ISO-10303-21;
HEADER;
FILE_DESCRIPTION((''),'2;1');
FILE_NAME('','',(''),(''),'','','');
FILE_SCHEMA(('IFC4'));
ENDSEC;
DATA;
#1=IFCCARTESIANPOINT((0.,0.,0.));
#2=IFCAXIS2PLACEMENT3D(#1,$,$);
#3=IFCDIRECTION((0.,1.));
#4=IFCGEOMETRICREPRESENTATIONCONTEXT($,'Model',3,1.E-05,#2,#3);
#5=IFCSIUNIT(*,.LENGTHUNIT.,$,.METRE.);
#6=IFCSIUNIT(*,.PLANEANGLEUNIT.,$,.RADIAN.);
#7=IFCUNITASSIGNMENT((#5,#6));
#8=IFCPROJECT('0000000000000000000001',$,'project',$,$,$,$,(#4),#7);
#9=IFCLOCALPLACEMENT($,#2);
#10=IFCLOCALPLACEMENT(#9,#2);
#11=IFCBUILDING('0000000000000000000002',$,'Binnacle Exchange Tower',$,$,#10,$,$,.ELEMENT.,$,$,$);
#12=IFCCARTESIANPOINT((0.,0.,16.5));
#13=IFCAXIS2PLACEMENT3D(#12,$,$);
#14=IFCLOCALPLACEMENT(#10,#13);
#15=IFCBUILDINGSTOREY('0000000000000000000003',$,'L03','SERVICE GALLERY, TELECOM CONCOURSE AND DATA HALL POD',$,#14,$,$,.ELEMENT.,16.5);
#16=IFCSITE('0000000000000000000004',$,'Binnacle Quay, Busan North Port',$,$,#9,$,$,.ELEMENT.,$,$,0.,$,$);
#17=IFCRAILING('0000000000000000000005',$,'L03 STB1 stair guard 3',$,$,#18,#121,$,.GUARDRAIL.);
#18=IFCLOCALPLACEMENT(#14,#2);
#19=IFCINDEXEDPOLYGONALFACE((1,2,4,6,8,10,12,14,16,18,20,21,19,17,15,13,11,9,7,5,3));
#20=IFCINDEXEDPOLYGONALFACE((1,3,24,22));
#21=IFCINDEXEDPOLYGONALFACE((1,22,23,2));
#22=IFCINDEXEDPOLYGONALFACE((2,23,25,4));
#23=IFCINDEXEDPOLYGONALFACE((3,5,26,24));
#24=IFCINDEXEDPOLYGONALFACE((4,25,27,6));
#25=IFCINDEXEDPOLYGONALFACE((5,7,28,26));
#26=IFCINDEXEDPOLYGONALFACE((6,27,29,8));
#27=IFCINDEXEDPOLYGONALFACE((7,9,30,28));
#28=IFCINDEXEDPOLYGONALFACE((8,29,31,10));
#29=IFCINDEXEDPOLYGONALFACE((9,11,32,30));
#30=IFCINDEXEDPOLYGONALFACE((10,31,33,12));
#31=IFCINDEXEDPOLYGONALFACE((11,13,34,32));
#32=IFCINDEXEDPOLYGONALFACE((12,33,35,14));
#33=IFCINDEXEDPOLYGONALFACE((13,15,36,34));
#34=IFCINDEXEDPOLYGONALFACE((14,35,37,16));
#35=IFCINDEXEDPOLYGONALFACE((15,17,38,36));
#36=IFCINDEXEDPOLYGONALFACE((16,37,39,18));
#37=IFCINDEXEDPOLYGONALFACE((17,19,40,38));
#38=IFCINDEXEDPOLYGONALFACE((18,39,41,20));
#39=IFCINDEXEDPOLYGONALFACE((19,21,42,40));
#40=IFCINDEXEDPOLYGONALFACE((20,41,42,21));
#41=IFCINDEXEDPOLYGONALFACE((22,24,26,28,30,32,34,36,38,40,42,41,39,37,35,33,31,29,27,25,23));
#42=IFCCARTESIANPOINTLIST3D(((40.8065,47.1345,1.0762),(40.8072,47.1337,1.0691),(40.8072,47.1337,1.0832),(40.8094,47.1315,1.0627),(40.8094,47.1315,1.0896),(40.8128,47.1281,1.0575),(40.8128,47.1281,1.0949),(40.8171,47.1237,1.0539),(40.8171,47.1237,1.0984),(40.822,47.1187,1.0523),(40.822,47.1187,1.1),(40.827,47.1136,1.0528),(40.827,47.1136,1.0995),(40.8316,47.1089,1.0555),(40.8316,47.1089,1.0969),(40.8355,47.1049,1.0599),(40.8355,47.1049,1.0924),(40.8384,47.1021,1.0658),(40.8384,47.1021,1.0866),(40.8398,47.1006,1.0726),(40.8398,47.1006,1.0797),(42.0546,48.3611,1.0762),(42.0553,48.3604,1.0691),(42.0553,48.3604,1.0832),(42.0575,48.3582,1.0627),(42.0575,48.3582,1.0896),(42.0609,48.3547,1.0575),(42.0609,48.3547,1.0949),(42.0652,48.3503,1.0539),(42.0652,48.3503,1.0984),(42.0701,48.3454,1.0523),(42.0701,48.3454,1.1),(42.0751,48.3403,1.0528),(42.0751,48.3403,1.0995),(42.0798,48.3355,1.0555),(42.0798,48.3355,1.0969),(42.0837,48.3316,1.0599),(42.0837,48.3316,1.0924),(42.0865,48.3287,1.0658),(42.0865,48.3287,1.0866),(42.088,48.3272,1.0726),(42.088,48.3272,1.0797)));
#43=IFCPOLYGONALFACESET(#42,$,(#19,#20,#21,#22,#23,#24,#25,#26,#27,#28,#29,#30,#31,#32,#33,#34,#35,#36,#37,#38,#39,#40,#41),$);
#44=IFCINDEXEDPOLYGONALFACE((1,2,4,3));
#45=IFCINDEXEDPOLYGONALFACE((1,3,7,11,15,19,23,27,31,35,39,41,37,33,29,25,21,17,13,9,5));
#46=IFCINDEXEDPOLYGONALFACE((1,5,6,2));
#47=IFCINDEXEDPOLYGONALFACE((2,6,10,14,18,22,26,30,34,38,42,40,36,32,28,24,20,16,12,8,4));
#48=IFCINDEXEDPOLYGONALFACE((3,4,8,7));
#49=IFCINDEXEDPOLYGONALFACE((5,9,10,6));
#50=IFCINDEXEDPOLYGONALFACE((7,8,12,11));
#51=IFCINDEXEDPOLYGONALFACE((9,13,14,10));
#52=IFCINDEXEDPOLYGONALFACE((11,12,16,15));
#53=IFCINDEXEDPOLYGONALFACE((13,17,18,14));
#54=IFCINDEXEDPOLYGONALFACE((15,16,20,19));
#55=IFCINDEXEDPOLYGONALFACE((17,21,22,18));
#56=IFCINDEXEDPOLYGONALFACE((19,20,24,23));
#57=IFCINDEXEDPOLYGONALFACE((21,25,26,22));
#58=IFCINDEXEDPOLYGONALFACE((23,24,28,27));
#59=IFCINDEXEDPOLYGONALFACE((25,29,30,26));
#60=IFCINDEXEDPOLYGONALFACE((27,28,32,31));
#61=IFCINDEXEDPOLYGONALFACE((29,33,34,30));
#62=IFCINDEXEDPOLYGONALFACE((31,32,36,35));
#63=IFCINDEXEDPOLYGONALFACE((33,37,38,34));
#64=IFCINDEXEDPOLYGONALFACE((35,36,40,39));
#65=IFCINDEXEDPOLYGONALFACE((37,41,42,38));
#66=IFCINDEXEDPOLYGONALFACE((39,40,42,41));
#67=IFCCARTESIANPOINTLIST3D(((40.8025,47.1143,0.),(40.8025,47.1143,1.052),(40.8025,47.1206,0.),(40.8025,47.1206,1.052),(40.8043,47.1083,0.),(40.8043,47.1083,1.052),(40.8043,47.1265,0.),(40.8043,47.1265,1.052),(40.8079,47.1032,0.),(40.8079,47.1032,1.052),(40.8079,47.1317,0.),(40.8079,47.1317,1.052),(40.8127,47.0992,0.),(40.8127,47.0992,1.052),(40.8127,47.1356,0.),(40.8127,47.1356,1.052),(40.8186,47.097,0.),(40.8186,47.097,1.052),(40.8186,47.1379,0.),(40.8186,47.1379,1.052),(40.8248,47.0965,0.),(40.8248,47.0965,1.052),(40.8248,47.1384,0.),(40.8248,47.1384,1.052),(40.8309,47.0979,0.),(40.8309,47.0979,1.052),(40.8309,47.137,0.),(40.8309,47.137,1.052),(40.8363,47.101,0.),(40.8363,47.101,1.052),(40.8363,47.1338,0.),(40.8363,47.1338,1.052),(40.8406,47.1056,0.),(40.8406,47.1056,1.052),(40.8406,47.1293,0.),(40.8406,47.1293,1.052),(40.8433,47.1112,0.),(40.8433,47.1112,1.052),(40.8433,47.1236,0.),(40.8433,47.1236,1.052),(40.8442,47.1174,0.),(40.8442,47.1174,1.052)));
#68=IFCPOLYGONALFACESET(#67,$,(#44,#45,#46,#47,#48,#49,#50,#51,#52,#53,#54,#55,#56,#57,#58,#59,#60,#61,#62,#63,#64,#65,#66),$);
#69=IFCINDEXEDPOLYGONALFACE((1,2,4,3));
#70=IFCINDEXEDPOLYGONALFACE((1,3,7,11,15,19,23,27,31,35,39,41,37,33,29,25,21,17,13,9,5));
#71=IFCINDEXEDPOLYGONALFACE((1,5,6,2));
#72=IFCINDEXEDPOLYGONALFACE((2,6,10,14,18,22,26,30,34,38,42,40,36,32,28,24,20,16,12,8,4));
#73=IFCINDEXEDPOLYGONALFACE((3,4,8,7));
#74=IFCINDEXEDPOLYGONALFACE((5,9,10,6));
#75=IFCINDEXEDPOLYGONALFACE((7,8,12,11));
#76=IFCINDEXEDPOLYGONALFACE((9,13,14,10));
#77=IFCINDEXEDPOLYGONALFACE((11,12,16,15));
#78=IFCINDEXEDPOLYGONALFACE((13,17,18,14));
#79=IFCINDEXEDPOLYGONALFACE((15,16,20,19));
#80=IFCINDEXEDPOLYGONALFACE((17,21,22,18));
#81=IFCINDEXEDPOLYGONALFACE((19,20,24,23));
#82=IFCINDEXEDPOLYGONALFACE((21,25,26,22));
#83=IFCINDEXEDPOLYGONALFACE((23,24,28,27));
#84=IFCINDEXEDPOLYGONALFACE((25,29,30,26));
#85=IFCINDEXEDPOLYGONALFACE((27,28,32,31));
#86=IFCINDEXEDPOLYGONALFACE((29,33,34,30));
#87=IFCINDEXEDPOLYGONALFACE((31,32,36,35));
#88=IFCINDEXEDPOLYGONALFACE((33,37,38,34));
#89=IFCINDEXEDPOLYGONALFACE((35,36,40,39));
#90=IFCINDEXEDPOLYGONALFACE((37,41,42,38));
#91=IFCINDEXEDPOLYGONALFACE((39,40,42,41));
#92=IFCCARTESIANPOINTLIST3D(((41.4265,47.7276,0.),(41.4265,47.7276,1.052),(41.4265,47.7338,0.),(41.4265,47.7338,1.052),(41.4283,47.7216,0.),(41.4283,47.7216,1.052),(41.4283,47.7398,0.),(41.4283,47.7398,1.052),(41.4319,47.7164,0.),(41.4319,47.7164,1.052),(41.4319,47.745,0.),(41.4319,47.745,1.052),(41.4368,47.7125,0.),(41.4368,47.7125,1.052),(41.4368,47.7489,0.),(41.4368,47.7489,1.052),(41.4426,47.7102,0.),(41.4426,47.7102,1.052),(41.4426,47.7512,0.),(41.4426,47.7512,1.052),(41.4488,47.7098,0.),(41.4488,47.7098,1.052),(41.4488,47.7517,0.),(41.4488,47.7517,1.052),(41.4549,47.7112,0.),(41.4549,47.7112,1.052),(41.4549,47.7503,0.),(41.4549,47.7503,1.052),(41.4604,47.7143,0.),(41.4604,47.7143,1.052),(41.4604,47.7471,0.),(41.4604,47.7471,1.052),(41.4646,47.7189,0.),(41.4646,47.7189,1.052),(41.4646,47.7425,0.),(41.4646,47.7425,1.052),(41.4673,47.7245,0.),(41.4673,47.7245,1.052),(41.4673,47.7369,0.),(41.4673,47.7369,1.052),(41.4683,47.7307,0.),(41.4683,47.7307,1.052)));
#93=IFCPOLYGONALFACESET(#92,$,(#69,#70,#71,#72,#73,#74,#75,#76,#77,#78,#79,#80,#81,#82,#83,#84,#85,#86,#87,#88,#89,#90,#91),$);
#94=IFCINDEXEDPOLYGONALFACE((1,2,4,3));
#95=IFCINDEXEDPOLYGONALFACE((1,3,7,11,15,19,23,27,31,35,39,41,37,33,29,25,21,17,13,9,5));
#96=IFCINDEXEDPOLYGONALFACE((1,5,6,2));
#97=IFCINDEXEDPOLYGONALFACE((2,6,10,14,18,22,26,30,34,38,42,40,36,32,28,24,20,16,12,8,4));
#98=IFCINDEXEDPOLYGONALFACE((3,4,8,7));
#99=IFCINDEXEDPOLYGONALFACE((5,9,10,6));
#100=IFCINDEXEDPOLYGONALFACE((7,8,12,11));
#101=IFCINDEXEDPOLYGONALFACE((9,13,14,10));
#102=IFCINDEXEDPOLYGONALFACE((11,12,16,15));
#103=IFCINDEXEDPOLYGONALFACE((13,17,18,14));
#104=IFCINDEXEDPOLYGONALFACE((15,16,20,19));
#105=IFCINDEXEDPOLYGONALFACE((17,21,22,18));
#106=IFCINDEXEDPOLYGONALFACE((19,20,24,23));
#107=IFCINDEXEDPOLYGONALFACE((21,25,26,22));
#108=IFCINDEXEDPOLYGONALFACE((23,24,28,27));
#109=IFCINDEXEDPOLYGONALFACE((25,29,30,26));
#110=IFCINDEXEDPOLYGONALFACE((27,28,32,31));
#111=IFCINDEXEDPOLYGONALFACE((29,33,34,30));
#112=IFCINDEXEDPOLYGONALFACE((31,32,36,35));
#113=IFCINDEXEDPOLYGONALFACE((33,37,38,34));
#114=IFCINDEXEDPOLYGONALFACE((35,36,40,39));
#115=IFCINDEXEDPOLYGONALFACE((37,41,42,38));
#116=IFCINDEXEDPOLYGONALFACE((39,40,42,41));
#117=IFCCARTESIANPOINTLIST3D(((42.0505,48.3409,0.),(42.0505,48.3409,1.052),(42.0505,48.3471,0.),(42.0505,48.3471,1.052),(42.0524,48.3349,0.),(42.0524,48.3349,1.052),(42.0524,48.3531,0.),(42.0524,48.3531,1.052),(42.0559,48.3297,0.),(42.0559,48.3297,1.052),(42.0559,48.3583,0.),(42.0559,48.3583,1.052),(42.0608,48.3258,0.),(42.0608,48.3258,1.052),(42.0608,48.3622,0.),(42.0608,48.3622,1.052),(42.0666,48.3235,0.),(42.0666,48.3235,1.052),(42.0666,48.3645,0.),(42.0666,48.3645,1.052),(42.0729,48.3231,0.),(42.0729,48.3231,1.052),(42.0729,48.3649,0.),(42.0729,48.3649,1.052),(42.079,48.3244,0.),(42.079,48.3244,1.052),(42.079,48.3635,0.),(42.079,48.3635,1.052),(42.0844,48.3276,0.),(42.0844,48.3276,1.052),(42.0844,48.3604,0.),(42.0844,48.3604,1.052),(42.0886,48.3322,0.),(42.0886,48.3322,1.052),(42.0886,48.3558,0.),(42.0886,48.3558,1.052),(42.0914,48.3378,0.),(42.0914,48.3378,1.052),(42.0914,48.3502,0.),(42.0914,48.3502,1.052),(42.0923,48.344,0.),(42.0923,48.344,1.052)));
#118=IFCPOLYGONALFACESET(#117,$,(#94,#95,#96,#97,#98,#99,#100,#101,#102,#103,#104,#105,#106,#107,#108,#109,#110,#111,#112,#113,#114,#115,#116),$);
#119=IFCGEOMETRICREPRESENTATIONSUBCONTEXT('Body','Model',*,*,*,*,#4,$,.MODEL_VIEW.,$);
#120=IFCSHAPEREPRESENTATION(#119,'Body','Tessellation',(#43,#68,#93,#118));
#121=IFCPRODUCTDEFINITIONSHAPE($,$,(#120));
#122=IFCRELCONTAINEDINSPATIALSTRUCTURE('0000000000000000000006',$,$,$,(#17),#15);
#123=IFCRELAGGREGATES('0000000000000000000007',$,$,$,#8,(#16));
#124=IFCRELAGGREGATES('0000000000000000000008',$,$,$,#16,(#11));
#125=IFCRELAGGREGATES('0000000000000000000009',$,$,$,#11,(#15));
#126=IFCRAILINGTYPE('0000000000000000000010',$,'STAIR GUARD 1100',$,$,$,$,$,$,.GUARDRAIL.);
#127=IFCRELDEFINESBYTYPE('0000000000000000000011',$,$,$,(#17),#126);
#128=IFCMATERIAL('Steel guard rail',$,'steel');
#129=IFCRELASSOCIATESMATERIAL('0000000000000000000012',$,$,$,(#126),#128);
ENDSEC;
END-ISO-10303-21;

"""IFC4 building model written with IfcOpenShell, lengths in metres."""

from ifc_helpers import new_model, si_unit, direction, frame, origin, origin_2d, place, context, subcontext, project, spatial, circle, extrude, material, type_object, element, save


model = new_model("IFC4")

# Units and contexts
model_context = context("Model", 3, precision=1e-05, world=origin(), true_north=direction((0.0, 1.0)))
body_context = subcontext(model_context, "Body", "Model", "MODEL_VIEW")
ifc_project = project(units=[si_unit("LENGTHUNIT", "METRE"), si_unit("PLANEANGLEUNIT", "RADIAN")], contexts=[model_context])

# Site, building, storey
site_placement = place(None, origin())
site = spatial("IfcSite", under=ifc_project, at=site_placement, Name="Binnacle Quay, Busan North Port", CompositionType="ELEMENT", RefElevation=0.0)
building_placement = place(site_placement, origin())
building = spatial("IfcBuilding", under=site, at=building_placement, Name="Binnacle Exchange Tower", CompositionType="ELEMENT")
storey_placement = place(building_placement, frame((0.0, 0.0, 16.5)))
storey = spatial("IfcBuildingStorey", under=building, at=storey_placement, Name="L03", Description="SERVICE GALLERY, TELECOM CONCOURSE AND DATA HALL POD", CompositionType="ELEMENT", Elevation=16.5)

# Railing
ifc_material_1 = material(Name="Steel guard rail", Category="steel")
railing_type_1 = type_object("IfcRailingType", Name="STAIR GUARD 1100", PredefinedType="GUARDRAIL", material=ifc_material_1)
railing_1_placement = place(storey_placement, frame((40.8232, 47.1174, 0.0)))
element("IfcRailing", 1, at=railing_1_placement, inside=storey, type_object=railing_type_1, Name="L03 STB1 stair guard 3", PredefinedType="GUARDRAIL", context=body_context, shape_type="SweptSolid", body=[
    extrude(circle(Radius=0.0239, at=origin_2d()), frame((0.0, 0.0, 1.0762), z_axis=(0.713219, 0.700941, 0.0), x_axis=(-0.700941, 0.713219, 0.0)), (0.0, 0.0, 1.0), 1.75),
    extrude(circle(Radius=0.021, at=origin_2d()), origin(), (0.0, 0.0, 1.0), 1.052),
    extrude(circle(Radius=0.021, at=origin_2d()), frame((0.624, 0.6133, 0.0)), (0.0, 0.0, 1.0), 1.052),
    extrude(circle(Radius=0.021, at=origin_2d()), frame((1.248, 1.2266, 0.0)), (0.0, 0.0, 1.0), 1.052),
])

save(model, "model.ifc")
